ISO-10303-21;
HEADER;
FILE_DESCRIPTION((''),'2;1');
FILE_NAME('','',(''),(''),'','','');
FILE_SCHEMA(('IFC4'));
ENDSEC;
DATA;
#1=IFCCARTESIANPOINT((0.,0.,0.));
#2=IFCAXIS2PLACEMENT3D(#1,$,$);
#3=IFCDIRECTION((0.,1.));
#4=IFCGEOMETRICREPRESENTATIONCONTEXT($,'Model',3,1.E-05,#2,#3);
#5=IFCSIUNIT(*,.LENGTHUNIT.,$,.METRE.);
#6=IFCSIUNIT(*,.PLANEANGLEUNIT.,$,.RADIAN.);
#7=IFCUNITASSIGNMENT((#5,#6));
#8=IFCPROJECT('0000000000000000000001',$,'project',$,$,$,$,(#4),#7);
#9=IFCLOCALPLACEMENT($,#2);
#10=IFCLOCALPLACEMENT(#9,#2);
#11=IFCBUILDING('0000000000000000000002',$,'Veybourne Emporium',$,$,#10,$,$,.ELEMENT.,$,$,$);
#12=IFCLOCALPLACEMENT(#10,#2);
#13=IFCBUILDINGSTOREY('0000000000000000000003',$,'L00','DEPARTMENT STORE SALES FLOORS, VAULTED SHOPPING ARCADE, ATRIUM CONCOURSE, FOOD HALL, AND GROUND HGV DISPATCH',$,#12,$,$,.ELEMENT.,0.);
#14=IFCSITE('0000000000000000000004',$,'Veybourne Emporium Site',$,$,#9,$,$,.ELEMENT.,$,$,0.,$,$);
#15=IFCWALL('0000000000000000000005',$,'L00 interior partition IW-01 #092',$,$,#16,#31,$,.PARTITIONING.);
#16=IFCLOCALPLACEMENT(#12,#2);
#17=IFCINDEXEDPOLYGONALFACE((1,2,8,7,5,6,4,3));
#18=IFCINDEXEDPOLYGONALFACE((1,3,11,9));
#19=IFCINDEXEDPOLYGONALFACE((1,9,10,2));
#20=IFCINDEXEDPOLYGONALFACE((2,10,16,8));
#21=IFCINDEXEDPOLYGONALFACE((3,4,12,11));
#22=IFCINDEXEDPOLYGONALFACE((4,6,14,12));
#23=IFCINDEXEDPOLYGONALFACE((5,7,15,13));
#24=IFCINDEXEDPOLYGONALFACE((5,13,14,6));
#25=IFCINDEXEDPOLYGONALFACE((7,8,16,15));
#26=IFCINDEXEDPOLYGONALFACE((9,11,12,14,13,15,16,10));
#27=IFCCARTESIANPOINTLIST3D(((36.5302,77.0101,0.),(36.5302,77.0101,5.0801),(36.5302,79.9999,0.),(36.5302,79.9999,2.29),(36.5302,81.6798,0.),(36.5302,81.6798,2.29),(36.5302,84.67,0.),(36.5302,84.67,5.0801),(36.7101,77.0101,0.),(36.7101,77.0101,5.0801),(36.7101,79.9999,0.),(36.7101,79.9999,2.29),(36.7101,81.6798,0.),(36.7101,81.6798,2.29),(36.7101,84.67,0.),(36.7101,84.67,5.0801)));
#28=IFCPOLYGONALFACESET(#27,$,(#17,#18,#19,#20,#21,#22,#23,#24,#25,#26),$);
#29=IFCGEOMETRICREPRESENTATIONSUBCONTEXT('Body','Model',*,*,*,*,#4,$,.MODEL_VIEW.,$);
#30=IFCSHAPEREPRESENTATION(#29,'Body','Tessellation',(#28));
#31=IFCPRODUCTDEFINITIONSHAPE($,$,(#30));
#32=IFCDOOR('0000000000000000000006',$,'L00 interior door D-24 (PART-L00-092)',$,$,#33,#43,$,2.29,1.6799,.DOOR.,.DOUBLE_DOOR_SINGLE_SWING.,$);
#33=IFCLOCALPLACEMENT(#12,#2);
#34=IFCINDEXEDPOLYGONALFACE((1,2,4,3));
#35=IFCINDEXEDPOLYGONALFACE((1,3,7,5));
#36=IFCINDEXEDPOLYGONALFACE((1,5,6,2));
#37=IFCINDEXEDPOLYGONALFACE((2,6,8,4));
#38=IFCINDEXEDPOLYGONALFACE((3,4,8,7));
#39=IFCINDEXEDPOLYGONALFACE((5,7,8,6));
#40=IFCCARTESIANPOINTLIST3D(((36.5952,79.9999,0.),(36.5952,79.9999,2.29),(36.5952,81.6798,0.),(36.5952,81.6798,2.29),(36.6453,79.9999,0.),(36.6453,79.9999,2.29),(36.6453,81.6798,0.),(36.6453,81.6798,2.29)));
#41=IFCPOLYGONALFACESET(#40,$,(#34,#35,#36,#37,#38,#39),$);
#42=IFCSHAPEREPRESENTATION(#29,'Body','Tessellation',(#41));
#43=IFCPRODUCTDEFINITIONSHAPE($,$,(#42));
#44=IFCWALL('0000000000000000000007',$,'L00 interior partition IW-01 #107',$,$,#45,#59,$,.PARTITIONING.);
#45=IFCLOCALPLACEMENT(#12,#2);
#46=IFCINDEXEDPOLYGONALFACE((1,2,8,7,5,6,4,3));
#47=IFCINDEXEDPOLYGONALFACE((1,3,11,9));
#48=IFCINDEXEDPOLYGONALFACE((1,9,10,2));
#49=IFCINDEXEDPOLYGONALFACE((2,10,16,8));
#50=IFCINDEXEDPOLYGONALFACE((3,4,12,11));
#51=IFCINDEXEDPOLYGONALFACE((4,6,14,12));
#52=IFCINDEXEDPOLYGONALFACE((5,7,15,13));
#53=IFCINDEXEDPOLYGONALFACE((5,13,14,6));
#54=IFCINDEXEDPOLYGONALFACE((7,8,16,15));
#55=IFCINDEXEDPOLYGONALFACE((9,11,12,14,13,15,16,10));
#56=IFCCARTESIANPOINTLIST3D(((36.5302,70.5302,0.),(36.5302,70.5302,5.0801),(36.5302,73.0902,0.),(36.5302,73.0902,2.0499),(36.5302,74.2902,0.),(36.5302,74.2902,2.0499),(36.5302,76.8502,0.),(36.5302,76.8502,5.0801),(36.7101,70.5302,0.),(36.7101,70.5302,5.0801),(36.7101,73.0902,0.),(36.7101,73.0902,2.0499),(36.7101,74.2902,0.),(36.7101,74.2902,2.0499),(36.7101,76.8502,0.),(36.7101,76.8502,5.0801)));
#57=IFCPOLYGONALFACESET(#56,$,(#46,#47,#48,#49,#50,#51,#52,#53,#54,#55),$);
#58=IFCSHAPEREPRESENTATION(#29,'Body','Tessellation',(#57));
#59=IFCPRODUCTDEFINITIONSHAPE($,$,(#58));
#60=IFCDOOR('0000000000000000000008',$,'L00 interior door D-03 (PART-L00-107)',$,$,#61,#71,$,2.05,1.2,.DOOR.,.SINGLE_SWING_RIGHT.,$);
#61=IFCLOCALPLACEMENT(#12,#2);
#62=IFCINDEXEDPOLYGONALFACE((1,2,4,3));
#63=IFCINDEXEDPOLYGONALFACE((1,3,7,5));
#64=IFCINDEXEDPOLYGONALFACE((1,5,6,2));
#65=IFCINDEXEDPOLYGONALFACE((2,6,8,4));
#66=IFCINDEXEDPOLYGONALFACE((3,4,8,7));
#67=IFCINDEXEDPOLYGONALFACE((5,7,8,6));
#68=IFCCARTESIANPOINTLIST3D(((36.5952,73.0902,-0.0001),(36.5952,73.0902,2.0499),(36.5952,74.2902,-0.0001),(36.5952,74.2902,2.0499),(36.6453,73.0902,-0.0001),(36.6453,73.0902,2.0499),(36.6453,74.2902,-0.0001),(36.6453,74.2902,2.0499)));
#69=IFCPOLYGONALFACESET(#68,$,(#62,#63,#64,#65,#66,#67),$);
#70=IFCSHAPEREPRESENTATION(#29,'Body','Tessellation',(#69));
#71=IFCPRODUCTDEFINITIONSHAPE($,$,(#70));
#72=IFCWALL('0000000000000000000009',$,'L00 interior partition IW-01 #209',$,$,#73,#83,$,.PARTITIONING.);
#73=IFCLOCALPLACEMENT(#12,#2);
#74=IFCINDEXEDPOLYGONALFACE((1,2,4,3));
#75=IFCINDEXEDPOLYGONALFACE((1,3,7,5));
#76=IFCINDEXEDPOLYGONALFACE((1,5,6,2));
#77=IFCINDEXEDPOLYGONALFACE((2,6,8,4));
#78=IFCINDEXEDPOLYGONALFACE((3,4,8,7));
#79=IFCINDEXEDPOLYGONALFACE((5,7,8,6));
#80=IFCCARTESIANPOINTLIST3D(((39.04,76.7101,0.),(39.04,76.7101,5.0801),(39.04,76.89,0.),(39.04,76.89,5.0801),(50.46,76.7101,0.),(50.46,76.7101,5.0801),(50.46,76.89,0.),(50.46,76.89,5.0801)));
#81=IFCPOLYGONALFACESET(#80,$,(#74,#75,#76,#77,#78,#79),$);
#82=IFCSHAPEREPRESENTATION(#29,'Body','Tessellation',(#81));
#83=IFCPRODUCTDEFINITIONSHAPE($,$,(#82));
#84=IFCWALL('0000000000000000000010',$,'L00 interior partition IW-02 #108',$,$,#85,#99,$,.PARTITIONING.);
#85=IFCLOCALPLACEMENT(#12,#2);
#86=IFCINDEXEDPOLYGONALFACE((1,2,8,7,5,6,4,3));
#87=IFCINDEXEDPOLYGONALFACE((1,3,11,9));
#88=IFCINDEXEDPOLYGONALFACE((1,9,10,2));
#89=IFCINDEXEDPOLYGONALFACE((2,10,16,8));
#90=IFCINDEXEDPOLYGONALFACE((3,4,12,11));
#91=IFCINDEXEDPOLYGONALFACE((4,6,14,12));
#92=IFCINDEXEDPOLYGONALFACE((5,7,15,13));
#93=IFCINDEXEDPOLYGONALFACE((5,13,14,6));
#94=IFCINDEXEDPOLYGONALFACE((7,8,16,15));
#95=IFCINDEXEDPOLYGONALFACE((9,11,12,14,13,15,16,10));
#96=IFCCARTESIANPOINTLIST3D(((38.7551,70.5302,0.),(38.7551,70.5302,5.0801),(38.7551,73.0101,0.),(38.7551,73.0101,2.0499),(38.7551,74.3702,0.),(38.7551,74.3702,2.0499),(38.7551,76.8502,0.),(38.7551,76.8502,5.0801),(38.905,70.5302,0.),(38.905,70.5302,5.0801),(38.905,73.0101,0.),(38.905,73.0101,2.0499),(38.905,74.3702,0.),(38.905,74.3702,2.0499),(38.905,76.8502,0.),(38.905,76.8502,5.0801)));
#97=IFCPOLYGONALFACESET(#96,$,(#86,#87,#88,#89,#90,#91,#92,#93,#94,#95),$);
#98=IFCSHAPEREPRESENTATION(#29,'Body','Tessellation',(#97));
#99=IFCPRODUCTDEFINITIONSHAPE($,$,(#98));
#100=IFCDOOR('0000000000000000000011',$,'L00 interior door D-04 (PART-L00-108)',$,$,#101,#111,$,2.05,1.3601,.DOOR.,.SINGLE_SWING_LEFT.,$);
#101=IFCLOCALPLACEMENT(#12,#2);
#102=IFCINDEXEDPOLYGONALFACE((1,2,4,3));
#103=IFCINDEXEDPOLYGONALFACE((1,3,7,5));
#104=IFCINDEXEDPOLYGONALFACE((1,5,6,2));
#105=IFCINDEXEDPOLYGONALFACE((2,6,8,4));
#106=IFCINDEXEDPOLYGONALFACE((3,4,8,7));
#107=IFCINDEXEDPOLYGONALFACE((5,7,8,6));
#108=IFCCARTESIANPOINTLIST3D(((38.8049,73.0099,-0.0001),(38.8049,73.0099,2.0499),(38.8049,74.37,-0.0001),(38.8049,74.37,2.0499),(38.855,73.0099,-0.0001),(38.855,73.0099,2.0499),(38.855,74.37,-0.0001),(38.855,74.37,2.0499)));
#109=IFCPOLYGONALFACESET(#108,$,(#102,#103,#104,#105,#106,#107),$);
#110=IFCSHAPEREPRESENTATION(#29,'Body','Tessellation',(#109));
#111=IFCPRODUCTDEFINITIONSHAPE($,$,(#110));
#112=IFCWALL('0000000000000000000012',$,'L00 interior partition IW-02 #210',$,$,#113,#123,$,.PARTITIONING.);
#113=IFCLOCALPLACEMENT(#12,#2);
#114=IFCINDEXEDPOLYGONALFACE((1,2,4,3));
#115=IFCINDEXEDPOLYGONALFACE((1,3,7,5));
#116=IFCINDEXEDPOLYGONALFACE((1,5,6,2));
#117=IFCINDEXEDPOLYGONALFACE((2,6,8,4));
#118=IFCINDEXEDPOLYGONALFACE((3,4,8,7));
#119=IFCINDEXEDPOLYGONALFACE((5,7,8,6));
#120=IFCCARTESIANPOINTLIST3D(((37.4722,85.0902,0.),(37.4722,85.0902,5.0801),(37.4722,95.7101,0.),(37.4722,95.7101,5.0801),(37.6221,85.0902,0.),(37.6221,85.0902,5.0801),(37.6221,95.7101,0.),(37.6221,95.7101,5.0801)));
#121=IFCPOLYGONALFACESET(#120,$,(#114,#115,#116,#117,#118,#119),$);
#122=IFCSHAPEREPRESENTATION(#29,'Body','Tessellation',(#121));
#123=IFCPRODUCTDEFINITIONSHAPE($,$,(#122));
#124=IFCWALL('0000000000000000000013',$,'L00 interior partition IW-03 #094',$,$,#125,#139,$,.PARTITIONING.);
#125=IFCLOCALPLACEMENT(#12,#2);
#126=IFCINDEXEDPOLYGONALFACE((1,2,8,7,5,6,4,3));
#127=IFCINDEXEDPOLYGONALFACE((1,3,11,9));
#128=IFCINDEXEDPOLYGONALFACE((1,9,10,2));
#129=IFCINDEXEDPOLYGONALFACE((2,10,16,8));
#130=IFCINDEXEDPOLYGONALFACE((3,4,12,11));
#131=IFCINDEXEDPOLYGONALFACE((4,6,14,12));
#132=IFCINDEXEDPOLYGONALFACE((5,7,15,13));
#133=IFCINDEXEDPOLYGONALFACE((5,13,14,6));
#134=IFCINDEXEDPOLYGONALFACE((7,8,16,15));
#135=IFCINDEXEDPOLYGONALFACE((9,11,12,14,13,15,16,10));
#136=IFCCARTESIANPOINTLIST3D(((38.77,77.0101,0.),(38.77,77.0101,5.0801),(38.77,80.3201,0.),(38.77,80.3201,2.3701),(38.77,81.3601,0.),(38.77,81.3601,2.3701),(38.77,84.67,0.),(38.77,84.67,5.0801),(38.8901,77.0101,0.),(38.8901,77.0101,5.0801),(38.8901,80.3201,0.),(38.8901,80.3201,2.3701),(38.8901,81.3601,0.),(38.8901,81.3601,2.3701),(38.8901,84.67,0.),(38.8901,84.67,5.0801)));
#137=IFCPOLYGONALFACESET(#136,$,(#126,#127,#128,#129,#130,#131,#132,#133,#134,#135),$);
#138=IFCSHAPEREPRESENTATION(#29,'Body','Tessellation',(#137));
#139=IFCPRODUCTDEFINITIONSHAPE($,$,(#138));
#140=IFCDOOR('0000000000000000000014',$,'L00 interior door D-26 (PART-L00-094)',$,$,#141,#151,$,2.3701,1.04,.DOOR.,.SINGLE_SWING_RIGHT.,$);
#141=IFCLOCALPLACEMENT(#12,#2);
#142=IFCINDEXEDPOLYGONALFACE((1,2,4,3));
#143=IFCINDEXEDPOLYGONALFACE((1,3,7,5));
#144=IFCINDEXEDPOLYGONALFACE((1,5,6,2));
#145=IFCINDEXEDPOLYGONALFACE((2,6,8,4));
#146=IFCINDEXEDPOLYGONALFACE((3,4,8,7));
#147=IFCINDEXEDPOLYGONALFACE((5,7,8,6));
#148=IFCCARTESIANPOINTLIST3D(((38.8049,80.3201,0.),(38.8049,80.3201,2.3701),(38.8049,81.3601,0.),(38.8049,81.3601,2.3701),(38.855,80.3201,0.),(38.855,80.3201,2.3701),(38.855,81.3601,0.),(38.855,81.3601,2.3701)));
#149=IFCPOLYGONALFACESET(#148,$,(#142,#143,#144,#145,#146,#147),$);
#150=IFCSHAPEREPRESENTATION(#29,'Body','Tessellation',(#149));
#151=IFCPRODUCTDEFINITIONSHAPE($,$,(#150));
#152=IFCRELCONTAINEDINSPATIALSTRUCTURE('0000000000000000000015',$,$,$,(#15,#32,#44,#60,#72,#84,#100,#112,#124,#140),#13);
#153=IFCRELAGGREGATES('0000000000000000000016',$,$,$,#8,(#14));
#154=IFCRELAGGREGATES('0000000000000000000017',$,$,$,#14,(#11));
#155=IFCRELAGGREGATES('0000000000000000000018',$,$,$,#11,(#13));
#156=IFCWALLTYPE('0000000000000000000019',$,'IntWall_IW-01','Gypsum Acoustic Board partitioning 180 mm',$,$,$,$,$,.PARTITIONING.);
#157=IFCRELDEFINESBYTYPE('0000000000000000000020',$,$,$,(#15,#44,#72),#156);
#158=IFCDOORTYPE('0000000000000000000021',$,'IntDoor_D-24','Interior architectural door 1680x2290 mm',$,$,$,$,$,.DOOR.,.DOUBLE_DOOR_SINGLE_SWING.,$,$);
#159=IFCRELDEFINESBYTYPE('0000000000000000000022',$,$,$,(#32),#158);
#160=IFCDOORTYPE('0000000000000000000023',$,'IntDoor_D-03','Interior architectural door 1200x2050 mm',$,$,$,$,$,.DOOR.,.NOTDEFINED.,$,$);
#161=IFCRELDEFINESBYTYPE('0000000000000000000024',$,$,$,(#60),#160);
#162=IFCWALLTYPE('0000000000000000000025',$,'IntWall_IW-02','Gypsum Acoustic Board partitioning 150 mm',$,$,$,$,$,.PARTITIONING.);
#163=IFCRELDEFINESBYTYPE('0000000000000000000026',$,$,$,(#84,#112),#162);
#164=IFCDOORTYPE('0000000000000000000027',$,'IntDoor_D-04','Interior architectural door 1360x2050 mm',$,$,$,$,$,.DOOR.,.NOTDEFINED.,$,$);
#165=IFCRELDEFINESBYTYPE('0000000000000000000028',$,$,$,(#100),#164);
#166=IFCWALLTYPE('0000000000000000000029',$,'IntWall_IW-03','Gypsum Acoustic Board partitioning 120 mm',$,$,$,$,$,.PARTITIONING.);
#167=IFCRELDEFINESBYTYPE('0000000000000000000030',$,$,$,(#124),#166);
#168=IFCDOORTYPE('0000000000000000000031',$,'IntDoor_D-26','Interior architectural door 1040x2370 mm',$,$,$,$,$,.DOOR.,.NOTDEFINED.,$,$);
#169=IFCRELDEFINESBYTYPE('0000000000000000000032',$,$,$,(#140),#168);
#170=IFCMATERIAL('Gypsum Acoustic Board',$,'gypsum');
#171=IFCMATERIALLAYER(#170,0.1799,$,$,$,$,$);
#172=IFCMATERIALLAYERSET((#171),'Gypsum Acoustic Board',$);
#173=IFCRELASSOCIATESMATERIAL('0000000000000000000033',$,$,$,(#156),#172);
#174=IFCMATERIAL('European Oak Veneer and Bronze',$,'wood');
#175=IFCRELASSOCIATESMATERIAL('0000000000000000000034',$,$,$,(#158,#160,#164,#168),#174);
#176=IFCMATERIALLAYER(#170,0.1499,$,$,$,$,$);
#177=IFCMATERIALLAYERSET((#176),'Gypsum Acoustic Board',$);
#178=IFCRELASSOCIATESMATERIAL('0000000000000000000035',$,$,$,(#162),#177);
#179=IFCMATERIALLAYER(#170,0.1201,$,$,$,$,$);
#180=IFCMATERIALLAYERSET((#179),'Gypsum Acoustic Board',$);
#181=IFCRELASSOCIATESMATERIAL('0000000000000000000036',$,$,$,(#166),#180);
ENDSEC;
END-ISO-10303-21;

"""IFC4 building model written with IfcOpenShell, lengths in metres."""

from ifc_helpers import new_model, si_unit, direction, frame, frame_2d, origin, place, context, subcontext, project, spatial, rectangle, extrude, material, layer, layer_set, type_object, element, fill, save


model = new_model("IFC4")

# Units and contexts
model_context = context("Model", 3, precision=1e-05, world=origin(), true_north=direction((0.0, 1.0)))
body_context = subcontext(model_context, "Body", "Model", "MODEL_VIEW")
ifc_project = project(units=[si_unit("LENGTHUNIT", "METRE"), si_unit("PLANEANGLEUNIT", "RADIAN")], contexts=[model_context])

# Site, building, storey
site_placement = place(None, origin())
site = spatial("IfcSite", under=ifc_project, at=site_placement, Name="Veybourne Emporium Site", CompositionType="ELEMENT", RefElevation=0.0)
building_placement = place(site_placement, origin())
building = spatial("IfcBuilding", under=site, at=building_placement, Name="Veybourne Emporium", CompositionType="ELEMENT")
storey_placement = place(building_placement, origin())
storey = spatial("IfcBuildingStorey", under=building, at=storey_placement, Name="L00", Description="DEPARTMENT STORE SALES FLOORS, VAULTED SHOPPING ARCADE, ATRIUM CONCOURSE, FOOD HALL, AND GROUND HGV DISPATCH", CompositionType="ELEMENT", Elevation=0.0)

# Walls, openings, doors
ifc_material_1 = material(Name="Gypsum Acoustic Board", Category="gypsum")
ifc_layer_1 = layer(ifc_material_1, 0.1799)
ifc_layer_set_1 = layer_set([ifc_layer_1], Name="Gypsum Acoustic Board")
wall_type_1 = type_object("IfcWallType", Name="IntWall_IW-01", Description="Gypsum Acoustic Board partitioning 180 mm", PredefinedType="PARTITIONING", material=ifc_layer_set_1)
ifc_material_2 = material(Name="European Oak Veneer and Bronze", Category="wood")
wall_1_placement = place(storey_placement, frame((36.6201, 77.01, 0.0), z_axis=(0.0, 0.0, 1.0), x_axis=(0.0, 1.0, 0.0)))
wall_1 = element("IfcWall", 1, at=wall_1_placement, inside=storey, type_object=wall_type_1, Name="L00 interior partition IW-01 #092", PredefinedType="PARTITIONING", context=body_context, shape_type="SweptSolid", body=[
    extrude(rectangle(XDim=7.6599, YDim=0.1799, at=frame_2d((3.8301, 0.0))), origin(), (0.0, 0.0, 1.0), 5.0801),
])
opening_1_placement = place(wall_1_placement, frame((2.99, 0.0, 0.0)))
opening_1 = element("IfcOpeningElement", 2, at=opening_1_placement, cuts=wall_1, PredefinedType="OPENING", context=body_context, shape_type="SweptSolid", body=[
    extrude(rectangle(XDim=1.6799, YDim=2.29, at=frame_2d((0.8398, 1.145))), frame((0.0, 0.1099, 0.0), z_axis=(0.0, -1.0, 0.0), x_axis=(1.0, 0.0, 0.0)), (0.0, 0.0, 1.0), 0.22),
])
door_type_1 = type_object("IfcDoorType", Name="IntDoor_D-24", Description="Interior architectural door 1680x2290 mm", OperationType="DOUBLE_DOOR_SINGLE_SWING", PredefinedType="DOOR", material=ifc_material_2)
door_1_placement = place(opening_1_placement, origin())
door_1 = element("IfcDoor", 3, at=door_1_placement, inside=storey, type_object=door_type_1, Name="L00 interior door D-24 (PART-L00-092)", OperationType="DOUBLE_DOOR_SINGLE_SWING", OverallHeight=2.29, OverallWidth=1.6799, PredefinedType="DOOR", context=body_context, shape_type="SweptSolid", body=[
    extrude(rectangle(XDim=1.6799, YDim=2.29, at=frame_2d((0.8398, 1.145))), frame((0.0, 0.0249, 0.0), z_axis=(0.0, -1.0, 0.0), x_axis=(1.0, 0.0, 0.0)), (0.0, 0.0, 1.0), 0.05),
])
fill(opening_1, door_1)
wall_2_placement = place(storey_placement, frame((36.6201, 70.53, 0.0), z_axis=(0.0, 0.0, 1.0), x_axis=(0.0, 1.0, 0.0)))
wall_2 = element("IfcWall", 4, at=wall_2_placement, inside=storey, type_object=wall_type_1, Name="L00 interior partition IW-01 #107", PredefinedType="PARTITIONING", context=body_context, shape_type="SweptSolid", body=[
    extrude(rectangle(XDim=6.3201, YDim=0.1799, at=frame_2d((3.1602, 0.0))), origin(), (0.0, 0.0, 1.0), 5.0801),
])
opening_2_placement = place(wall_2_placement, frame((2.5601, 0.0, 0.0)))
opening_2 = element("IfcOpeningElement", 5, at=opening_2_placement, cuts=wall_2, PredefinedType="OPENING", context=body_context, shape_type="SweptSolid", body=[
    extrude(rectangle(XDim=1.2, YDim=2.05, at=frame_2d((0.6001, 1.0249))), frame((0.0, 0.1099, 0.0), z_axis=(0.0, -1.0, 0.0), x_axis=(1.0, 0.0, 0.0)), (0.0, 0.0, 1.0), 0.22),
])
door_type_2 = type_object("IfcDoorType", Name="IntDoor_D-03", Description="Interior architectural door 1200x2050 mm", OperationType="NOTDEFINED", PredefinedType="DOOR", material=ifc_material_2)
door_2_placement = place(opening_2_placement, origin())
door_2 = element("IfcDoor", 6, at=door_2_placement, inside=storey, type_object=door_type_2, Name="L00 interior door D-03 (PART-L00-107)", OperationType="SINGLE_SWING_RIGHT", OverallHeight=2.05, OverallWidth=1.2, PredefinedType="DOOR", context=body_context, shape_type="SweptSolid", body=[
    extrude(rectangle(XDim=1.2, YDim=2.05, at=frame_2d((0.6001, 1.0249))), frame((0.0, 0.0249, 0.0), z_axis=(0.0, -1.0, 0.0), x_axis=(1.0, 0.0, 0.0)), (0.0, 0.0, 1.0), 0.05),
])
fill(opening_2, door_2)

# Wall
wall_3_placement = place(storey_placement, frame((39.04, 76.8, 0.0), z_axis=(0.0, 0.0, 1.0), x_axis=(1.0, 0.0, 0.0)))
element("IfcWall", 7, at=wall_3_placement, inside=storey, type_object=wall_type_1, Name="L00 interior partition IW-01 #209", PredefinedType="PARTITIONING", context=body_context, shape_type="SweptSolid", body=[
    extrude(rectangle(XDim=11.4199, YDim=0.1799, at=frame_2d((5.71, 0.0))), origin(), (0.0, 0.0, 1.0), 5.0801),
])

# Wall, opening, door
ifc_layer_2 = layer(ifc_material_1, 0.1499)
ifc_layer_set_2 = layer_set([ifc_layer_2], Name="Gypsum Acoustic Board")
wall_type_2 = type_object("IfcWallType", Name="IntWall_IW-02", Description="Gypsum Acoustic Board partitioning 150 mm", PredefinedType="PARTITIONING", material=ifc_layer_set_2)
wall_4_placement = place(storey_placement, frame((38.8301, 70.53, 0.0), z_axis=(0.0, 0.0, 1.0), x_axis=(0.0, 1.0, 0.0)))
wall_4 = element("IfcWall", 8, at=wall_4_placement, inside=storey, type_object=wall_type_2, Name="L00 interior partition IW-02 #108", PredefinedType="PARTITIONING", context=body_context, shape_type="SweptSolid", body=[
    extrude(rectangle(XDim=6.3201, YDim=0.1499, at=frame_2d((3.1602, 0.0))), origin(), (0.0, 0.0, 1.0), 5.0801),
])
opening_3_placement = place(wall_4_placement, frame((2.48, 0.0, 0.0)))
opening_3 = element("IfcOpeningElement", 9, at=opening_3_placement, cuts=wall_4, PredefinedType="OPENING", context=body_context, shape_type="SweptSolid", body=[
    extrude(rectangle(XDim=1.3601, YDim=2.05, at=frame_2d((0.6802, 1.0249))), frame((0.0, 0.095, 0.0), z_axis=(0.0, -1.0, 0.0), x_axis=(1.0, 0.0, 0.0)), (0.0, 0.0, 1.0), 0.1899),
])
door_type_3 = type_object("IfcDoorType", Name="IntDoor_D-04", Description="Interior architectural door 1360x2050 mm", OperationType="NOTDEFINED", PredefinedType="DOOR", material=ifc_material_2)
door_3_placement = place(opening_3_placement, frame((1.3601, 0.0, 0.0), z_axis=(0.0, 0.0, 1.0), x_axis=(-1.0, 0.0, 0.0)))
door_3 = element("IfcDoor", 10, at=door_3_placement, inside=storey, type_object=door_type_3, Name="L00 interior door D-04 (PART-L00-108)", OperationType="SINGLE_SWING_LEFT", OverallHeight=2.05, OverallWidth=1.3601, PredefinedType="DOOR", context=body_context, shape_type="SweptSolid", body=[
    extrude(rectangle(XDim=1.3601, YDim=2.05, at=frame_2d((0.6802, 1.0249))), frame((0.0, 0.0249, 0.0), z_axis=(0.0, -1.0, 0.0), x_axis=(1.0, 0.0, 0.0)), (0.0, 0.0, 1.0), 0.05),
])
fill(opening_3, door_3)

# Wall
wall_5_placement = place(storey_placement, frame((37.5471, 85.0901, 0.0), z_axis=(0.0, 0.0, 1.0), x_axis=(0.0, 1.0, 0.0)))
element("IfcWall", 11, at=wall_5_placement, inside=storey, type_object=wall_type_2, Name="L00 interior partition IW-02 #210", PredefinedType="PARTITIONING", context=body_context, shape_type="SweptSolid", body=[
    extrude(rectangle(XDim=10.6199, YDim=0.1499, at=frame_2d((5.3101, 0.0))), origin(), (0.0, 0.0, 1.0), 5.0801),
])

# Wall, opening, door
ifc_layer_3 = layer(ifc_material_1, 0.1201)
ifc_layer_set_3 = layer_set([ifc_layer_3], Name="Gypsum Acoustic Board")
wall_type_3 = type_object("IfcWallType", Name="IntWall_IW-03", Description="Gypsum Acoustic Board partitioning 120 mm", PredefinedType="PARTITIONING", material=ifc_layer_set_3)
wall_6_placement = place(storey_placement, frame((38.8301, 77.01, 0.0), z_axis=(0.0, 0.0, 1.0), x_axis=(0.0, 1.0, 0.0)))
wall_6 = element("IfcWall", 12, at=wall_6_placement, inside=storey, type_object=wall_type_3, Name="L00 interior partition IW-03 #094", PredefinedType="PARTITIONING", context=body_context, shape_type="SweptSolid", body=[
    extrude(rectangle(XDim=7.6599, YDim=0.1201, at=frame_2d((3.8301, 0.0))), origin(), (0.0, 0.0, 1.0), 5.0801),
])
opening_4_placement = place(wall_6_placement, frame((3.3101, 0.0, 0.0)))
opening_4 = element("IfcOpeningElement", 13, at=opening_4_placement, cuts=wall_6, PredefinedType="OPENING", context=body_context, shape_type="SweptSolid", body=[
    extrude(rectangle(XDim=1.04, YDim=2.3701, at=frame_2d((0.52, 1.1851))), frame((0.0, 0.0801, 0.0), z_axis=(0.0, -1.0, 0.0), x_axis=(1.0, 0.0, 0.0)), (0.0, 0.0, 1.0), 0.1602),
])
door_type_4 = type_object("IfcDoorType", Name="IntDoor_D-26", Description="Interior architectural door 1040x2370 mm", OperationType="NOTDEFINED", PredefinedType="DOOR", material=ifc_material_2)
door_4_placement = place(opening_4_placement, frame((1.04, 0.0, 0.0), z_axis=(0.0, 0.0, 1.0), x_axis=(-1.0, 0.0, 0.0)))
door_4 = element("IfcDoor", 14, at=door_4_placement, inside=storey, type_object=door_type_4, Name="L00 interior door D-26 (PART-L00-094)", OperationType="SINGLE_SWING_RIGHT", OverallHeight=2.3701, OverallWidth=1.04, PredefinedType="DOOR", context=body_context, shape_type="SweptSolid", body=[
    extrude(rectangle(XDim=1.04, YDim=2.3701, at=frame_2d((0.52, 1.1851))), frame((0.0, 0.0249, 0.0), z_axis=(0.0, -1.0, 0.0), x_axis=(1.0, 0.0, 0.0)), (0.0, 0.0, 1.0), 0.05),
])
fill(opening_4, door_4)

save(model, "model.ifc")
